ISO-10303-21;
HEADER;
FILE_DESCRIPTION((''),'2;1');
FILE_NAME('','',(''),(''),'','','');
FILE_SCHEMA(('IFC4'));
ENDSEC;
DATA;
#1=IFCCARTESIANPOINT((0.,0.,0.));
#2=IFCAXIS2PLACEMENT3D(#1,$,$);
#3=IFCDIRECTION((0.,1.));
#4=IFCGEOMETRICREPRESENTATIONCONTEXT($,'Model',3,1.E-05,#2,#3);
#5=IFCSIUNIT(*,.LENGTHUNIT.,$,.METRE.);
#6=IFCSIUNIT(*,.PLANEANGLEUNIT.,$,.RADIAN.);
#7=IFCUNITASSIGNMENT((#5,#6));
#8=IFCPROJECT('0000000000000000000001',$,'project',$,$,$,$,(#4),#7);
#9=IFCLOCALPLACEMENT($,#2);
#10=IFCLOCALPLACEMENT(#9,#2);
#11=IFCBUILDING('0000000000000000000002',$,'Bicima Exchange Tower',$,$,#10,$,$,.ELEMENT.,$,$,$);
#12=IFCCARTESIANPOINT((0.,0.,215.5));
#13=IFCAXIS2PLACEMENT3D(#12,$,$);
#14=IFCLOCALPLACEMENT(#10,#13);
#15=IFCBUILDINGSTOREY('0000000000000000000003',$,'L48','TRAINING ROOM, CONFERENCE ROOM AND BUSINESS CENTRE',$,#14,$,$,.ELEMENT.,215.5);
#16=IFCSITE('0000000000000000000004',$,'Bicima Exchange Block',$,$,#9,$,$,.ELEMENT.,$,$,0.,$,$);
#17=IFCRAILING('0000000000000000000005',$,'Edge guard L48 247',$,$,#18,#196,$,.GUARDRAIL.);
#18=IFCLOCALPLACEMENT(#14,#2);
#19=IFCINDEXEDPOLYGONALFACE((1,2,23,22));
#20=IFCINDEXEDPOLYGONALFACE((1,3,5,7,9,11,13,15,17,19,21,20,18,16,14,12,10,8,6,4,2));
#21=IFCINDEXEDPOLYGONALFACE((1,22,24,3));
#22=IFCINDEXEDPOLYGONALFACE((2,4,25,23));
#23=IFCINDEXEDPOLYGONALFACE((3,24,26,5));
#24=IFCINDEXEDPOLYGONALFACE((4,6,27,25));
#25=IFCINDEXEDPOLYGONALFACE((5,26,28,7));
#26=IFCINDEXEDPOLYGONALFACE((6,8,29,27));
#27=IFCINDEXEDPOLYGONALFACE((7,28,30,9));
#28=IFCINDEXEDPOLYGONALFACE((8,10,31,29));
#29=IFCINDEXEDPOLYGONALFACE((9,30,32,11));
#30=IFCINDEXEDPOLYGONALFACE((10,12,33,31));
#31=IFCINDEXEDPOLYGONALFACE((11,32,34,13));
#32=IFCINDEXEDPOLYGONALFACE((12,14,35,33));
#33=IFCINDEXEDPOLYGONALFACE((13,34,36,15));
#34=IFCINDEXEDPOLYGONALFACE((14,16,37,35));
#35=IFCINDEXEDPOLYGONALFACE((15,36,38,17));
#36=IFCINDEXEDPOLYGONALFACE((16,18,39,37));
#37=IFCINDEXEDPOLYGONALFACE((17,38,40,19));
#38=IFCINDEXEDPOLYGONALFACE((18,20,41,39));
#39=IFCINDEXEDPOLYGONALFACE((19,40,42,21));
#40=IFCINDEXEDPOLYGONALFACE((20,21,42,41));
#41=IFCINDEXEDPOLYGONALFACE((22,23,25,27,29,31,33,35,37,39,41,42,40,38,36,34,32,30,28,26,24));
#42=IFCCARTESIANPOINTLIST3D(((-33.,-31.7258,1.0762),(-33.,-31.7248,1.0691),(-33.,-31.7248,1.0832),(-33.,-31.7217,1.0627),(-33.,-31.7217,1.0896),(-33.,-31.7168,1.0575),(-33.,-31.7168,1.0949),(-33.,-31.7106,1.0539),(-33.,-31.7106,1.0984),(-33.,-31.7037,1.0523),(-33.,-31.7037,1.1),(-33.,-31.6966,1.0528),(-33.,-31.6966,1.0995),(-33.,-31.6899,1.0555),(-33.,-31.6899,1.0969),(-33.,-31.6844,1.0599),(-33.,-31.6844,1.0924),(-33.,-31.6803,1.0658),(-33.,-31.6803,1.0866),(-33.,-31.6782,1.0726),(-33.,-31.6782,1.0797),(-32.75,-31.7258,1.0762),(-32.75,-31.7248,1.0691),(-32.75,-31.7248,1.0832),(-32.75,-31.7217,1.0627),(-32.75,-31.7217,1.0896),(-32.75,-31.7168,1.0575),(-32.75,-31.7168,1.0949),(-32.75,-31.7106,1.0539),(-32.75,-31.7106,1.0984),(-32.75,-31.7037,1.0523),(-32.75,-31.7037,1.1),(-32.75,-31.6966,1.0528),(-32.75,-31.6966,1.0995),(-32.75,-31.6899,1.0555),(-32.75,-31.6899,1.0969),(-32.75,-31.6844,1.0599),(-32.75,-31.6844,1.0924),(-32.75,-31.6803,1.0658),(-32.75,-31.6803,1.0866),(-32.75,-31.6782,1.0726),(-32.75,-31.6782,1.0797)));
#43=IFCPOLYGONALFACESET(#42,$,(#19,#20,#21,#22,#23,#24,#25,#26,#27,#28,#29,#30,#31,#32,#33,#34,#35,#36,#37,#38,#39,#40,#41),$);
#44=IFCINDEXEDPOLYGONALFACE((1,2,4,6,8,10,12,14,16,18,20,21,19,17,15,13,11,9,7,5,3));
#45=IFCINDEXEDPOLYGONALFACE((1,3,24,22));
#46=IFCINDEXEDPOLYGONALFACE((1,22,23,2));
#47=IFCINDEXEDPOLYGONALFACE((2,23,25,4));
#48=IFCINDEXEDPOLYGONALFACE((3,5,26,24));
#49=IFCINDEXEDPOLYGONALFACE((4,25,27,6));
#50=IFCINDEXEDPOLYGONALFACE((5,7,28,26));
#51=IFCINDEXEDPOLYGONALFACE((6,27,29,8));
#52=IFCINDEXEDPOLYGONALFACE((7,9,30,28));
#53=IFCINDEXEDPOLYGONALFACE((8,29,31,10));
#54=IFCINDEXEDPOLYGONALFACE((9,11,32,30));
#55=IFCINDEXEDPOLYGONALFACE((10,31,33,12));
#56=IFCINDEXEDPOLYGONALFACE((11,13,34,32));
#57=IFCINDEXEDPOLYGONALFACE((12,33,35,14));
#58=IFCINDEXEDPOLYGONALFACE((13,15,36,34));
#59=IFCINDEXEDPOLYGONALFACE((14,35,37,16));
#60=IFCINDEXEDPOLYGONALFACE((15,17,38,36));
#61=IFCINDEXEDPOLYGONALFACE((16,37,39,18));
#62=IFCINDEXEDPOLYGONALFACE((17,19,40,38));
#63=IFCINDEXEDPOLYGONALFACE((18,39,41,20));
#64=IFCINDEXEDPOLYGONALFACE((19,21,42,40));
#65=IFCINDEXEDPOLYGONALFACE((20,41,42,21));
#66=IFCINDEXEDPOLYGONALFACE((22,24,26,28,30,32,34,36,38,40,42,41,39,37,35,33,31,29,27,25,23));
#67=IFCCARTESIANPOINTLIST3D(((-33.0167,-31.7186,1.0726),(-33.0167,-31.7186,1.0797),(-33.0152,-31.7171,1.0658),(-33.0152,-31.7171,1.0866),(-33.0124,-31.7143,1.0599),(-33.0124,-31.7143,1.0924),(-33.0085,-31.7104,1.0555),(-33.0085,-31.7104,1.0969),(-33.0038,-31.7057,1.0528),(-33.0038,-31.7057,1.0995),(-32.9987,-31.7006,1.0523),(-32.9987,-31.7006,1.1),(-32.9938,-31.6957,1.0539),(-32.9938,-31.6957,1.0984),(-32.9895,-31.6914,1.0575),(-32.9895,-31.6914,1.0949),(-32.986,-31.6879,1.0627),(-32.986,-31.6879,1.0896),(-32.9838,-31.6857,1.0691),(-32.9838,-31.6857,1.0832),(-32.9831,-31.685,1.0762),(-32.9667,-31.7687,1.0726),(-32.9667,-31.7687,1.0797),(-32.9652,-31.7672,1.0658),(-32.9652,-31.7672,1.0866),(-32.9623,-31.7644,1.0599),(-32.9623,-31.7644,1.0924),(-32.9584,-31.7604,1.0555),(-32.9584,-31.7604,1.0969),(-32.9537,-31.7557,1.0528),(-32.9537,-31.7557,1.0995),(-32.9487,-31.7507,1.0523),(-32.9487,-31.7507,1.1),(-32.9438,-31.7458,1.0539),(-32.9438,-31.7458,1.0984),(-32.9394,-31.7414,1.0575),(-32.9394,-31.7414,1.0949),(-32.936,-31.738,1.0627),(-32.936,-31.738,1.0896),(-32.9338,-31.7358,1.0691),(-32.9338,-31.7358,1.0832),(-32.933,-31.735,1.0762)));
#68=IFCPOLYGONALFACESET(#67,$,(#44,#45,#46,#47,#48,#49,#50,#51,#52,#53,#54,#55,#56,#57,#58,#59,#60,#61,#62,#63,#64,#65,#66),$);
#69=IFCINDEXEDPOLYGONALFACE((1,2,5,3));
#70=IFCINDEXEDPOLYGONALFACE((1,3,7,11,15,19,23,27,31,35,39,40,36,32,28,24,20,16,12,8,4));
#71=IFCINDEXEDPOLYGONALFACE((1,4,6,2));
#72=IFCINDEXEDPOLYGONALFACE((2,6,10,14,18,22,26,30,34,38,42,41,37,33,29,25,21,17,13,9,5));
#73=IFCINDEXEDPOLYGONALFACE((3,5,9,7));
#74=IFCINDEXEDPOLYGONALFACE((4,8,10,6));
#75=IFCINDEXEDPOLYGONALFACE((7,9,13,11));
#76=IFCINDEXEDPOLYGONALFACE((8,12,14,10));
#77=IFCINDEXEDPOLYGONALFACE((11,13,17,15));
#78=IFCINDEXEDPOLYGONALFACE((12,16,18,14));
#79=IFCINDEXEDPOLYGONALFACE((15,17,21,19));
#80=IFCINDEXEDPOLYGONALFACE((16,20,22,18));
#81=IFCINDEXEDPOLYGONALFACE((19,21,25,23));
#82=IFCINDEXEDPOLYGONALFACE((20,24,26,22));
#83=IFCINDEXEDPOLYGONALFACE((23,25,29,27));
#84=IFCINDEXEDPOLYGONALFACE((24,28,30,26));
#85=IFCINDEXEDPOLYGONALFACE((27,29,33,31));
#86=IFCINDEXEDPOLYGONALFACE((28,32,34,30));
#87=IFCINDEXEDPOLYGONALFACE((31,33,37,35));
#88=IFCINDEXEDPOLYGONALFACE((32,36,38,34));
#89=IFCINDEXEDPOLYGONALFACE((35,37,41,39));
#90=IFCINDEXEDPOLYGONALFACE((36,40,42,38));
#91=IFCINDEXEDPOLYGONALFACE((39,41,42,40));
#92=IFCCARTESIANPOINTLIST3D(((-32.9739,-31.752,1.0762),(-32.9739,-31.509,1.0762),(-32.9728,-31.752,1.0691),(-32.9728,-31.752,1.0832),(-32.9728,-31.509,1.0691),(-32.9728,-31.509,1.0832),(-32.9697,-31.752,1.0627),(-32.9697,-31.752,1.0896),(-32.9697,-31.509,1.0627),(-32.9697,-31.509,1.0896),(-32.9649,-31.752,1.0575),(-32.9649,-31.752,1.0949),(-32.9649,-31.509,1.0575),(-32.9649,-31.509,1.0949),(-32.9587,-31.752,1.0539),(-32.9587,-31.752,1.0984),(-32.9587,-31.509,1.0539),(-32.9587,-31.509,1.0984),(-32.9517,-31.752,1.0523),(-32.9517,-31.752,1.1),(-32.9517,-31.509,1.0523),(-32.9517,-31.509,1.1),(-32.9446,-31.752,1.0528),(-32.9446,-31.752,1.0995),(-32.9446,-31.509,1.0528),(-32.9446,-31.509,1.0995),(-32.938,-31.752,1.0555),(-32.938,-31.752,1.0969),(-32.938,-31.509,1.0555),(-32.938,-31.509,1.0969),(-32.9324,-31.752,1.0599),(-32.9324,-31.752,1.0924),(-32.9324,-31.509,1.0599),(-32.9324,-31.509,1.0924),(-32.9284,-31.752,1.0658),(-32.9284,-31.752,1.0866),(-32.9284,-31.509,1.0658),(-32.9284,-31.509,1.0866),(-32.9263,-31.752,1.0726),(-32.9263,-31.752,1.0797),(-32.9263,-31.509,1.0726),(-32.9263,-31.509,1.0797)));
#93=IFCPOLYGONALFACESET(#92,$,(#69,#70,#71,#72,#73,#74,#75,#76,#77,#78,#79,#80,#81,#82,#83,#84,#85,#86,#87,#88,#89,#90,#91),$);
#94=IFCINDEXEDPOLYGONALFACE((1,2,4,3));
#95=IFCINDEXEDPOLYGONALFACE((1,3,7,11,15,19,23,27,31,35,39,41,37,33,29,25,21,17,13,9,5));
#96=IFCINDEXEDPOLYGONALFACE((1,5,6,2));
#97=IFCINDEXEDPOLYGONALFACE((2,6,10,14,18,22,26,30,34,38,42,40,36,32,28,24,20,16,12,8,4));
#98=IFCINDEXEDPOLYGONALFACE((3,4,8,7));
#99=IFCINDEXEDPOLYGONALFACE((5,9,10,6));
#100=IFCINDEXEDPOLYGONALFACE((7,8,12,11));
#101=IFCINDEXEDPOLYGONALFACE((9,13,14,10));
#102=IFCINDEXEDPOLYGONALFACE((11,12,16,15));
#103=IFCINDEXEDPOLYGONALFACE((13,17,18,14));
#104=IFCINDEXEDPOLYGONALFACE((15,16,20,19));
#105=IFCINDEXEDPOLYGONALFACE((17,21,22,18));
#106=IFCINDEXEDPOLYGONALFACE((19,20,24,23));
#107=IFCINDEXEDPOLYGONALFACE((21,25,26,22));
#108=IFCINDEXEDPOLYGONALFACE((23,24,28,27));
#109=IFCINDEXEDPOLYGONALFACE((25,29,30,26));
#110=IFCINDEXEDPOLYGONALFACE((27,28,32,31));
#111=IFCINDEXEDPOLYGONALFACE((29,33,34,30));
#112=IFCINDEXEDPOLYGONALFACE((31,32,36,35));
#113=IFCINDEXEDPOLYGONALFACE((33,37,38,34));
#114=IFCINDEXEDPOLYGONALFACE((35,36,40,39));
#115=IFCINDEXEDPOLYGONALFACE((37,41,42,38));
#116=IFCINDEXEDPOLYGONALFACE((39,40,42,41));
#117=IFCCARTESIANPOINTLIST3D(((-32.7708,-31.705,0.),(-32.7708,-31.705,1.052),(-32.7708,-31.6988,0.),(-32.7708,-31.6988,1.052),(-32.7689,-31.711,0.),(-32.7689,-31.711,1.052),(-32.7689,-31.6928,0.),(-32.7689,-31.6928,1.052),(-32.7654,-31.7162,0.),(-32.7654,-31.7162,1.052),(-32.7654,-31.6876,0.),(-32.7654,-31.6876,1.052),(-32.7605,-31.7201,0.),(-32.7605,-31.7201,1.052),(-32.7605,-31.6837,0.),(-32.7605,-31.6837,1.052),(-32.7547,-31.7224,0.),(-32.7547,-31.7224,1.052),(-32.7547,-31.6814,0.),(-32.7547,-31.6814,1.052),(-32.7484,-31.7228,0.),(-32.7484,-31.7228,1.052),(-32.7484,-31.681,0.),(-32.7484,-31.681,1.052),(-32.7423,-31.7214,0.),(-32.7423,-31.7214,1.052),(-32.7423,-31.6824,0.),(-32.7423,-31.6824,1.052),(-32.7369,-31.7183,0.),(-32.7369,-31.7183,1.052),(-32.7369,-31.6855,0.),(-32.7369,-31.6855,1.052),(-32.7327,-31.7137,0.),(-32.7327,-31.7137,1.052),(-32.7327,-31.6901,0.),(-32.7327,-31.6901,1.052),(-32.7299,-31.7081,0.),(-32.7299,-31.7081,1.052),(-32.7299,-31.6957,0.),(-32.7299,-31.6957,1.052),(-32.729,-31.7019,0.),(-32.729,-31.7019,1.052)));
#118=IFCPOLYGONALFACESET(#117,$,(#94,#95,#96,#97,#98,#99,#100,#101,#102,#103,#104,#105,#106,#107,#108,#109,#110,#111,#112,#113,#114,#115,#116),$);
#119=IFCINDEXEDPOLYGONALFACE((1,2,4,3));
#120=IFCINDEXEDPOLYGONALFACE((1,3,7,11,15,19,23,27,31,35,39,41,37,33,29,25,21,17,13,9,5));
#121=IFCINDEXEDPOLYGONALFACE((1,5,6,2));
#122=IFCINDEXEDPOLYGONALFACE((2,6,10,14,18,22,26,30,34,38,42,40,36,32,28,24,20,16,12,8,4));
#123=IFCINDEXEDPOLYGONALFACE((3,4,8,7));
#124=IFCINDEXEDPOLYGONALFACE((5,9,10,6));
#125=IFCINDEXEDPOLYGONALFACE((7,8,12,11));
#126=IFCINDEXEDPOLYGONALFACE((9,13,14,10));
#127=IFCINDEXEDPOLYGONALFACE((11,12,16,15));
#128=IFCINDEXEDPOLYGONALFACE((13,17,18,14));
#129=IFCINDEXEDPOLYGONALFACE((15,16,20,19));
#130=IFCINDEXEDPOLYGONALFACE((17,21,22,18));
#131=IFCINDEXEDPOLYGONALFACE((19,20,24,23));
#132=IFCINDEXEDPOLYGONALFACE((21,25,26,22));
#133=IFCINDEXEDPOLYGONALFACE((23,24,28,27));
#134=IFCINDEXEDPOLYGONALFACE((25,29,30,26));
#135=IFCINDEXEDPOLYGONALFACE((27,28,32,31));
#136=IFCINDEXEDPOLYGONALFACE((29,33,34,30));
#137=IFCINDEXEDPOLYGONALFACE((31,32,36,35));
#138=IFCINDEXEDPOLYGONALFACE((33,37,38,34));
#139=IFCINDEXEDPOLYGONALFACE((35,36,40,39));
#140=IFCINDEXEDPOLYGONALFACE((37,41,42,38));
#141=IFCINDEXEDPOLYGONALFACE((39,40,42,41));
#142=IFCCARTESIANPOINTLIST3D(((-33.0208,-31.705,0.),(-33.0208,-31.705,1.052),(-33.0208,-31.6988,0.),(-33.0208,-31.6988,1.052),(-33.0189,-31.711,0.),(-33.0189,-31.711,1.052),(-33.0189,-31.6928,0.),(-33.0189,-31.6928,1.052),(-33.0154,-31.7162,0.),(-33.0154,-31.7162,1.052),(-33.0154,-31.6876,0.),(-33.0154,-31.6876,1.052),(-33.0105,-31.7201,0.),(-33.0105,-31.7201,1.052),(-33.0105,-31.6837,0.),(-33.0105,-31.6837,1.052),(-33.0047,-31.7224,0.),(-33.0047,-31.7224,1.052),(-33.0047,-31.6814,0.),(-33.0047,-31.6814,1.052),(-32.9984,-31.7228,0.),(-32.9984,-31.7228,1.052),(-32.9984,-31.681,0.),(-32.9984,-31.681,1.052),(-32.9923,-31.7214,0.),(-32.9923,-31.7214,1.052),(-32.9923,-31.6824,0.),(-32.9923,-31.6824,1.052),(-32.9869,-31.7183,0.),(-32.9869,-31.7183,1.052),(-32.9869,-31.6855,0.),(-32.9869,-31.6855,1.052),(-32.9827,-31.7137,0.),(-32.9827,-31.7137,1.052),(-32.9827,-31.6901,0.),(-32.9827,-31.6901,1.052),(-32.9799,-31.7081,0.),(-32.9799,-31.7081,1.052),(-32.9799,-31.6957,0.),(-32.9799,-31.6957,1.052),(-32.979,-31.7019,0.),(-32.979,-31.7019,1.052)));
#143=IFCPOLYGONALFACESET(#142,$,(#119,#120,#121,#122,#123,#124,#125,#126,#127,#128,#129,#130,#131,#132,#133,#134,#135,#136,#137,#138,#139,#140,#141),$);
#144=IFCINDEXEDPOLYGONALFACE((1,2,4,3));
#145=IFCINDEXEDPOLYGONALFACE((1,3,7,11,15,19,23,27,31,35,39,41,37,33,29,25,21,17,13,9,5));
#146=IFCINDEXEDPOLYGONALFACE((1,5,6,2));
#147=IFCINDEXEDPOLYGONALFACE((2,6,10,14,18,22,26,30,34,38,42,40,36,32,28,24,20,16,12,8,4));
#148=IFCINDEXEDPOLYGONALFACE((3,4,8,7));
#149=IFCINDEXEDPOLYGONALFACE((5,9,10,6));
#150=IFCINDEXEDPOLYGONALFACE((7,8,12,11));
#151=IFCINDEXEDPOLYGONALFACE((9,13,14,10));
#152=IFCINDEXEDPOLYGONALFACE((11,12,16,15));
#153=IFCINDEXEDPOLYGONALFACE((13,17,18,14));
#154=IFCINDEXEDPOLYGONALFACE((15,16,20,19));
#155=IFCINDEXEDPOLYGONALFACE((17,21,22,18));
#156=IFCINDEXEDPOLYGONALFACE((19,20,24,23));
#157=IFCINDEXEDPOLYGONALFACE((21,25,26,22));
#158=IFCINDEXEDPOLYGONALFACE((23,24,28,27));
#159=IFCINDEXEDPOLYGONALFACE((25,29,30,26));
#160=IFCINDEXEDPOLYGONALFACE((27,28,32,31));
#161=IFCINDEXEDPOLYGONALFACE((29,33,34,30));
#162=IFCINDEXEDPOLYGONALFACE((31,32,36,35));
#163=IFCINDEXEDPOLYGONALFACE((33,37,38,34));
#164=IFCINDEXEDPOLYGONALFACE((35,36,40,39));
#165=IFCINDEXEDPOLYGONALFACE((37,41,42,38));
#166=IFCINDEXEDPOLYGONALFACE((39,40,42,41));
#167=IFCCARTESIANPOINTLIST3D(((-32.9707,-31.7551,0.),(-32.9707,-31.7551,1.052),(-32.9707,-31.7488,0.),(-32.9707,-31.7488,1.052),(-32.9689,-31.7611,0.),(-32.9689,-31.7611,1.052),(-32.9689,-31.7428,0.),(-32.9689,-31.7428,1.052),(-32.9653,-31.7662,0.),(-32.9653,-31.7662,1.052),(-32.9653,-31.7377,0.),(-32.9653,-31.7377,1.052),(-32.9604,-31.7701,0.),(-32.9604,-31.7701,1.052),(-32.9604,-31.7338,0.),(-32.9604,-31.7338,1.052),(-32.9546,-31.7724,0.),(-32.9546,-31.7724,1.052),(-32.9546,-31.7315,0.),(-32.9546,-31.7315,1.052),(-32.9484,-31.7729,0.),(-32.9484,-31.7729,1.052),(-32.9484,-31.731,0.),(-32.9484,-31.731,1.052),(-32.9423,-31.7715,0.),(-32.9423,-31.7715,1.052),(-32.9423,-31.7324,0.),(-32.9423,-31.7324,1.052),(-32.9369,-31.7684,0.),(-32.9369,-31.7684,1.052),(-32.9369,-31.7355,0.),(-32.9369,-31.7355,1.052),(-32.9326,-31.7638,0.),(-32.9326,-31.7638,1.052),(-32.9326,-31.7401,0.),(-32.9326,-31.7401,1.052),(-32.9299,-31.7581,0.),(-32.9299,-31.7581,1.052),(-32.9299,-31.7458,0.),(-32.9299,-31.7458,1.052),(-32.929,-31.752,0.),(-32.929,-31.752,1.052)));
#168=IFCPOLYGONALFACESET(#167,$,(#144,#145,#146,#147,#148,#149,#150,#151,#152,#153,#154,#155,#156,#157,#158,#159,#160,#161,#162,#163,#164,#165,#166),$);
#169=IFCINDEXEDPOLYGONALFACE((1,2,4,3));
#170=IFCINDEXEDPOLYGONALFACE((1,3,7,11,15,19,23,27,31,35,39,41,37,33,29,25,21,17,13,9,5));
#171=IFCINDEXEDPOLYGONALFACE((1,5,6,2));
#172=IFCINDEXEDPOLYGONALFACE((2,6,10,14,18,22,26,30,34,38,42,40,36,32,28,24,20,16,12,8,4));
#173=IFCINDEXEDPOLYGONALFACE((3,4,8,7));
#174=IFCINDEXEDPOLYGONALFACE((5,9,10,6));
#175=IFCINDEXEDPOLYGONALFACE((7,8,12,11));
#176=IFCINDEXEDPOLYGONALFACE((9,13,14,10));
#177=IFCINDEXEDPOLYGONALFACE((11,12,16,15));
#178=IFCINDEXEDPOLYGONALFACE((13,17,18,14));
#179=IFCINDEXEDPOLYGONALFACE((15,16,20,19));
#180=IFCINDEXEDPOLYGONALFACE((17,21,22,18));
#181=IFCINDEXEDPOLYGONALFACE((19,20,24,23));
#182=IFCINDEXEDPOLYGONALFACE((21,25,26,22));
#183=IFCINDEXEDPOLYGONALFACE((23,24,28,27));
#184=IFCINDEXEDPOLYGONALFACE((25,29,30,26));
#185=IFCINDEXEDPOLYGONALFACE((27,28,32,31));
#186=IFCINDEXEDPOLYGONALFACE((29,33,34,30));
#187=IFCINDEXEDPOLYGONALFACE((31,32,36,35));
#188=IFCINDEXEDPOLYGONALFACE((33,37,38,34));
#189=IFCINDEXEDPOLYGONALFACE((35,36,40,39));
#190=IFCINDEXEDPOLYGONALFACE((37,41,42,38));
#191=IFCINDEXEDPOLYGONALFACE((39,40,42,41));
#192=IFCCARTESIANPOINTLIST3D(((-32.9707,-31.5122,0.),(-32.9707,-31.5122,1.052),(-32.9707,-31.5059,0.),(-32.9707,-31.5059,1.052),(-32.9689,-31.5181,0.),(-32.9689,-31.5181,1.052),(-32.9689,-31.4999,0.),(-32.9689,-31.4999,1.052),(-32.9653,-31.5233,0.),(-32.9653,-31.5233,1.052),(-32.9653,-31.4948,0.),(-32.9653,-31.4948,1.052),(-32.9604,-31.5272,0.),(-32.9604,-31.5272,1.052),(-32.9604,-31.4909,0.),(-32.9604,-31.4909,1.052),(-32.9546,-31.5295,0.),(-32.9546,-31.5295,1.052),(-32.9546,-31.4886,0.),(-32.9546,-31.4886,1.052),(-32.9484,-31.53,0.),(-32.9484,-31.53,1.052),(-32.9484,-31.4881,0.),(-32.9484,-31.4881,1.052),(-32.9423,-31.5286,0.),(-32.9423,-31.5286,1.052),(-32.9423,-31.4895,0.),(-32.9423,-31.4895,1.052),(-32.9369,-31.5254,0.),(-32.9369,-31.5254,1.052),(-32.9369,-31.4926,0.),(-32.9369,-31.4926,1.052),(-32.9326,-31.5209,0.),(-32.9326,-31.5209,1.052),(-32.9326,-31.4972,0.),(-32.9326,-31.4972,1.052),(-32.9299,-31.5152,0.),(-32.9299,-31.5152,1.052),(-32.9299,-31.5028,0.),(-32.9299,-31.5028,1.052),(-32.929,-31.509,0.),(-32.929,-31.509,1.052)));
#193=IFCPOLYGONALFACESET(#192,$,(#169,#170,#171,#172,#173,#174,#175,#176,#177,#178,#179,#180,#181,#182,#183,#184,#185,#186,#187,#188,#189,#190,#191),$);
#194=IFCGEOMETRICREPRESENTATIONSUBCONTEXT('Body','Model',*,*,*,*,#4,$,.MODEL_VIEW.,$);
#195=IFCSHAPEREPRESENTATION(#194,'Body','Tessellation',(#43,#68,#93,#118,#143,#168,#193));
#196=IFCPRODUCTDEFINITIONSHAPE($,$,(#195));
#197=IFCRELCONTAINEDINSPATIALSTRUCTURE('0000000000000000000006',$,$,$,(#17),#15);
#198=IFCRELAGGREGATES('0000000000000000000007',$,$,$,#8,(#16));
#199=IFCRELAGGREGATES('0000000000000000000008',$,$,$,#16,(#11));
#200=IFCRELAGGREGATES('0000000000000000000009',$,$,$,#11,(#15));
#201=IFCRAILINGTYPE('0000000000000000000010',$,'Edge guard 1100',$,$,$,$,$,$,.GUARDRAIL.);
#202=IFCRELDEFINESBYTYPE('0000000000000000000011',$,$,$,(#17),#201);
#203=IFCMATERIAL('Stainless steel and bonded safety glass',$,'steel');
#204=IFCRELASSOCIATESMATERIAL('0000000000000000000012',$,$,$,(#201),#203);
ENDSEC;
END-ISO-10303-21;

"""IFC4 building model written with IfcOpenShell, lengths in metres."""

from ifc_helpers import new_model, si_unit, direction, frame, origin, origin_2d, place, context, subcontext, project, spatial, circle, extrude, material, type_object, element, save


model = new_model("IFC4")

# Units and contexts
model_context = context("Model", 3, precision=1e-05, world=origin(), true_north=direction((0.0, 1.0)))
body_context = subcontext(model_context, "Body", "Model", "MODEL_VIEW")
ifc_project = project(units=[si_unit("LENGTHUNIT", "METRE"), si_unit("PLANEANGLEUNIT", "RADIAN")], contexts=[model_context])

# Site, building, storey
site_placement = place(None, origin())
site = spatial("IfcSite", under=ifc_project, at=site_placement, Name="Bicima Exchange Block", CompositionType="ELEMENT", RefElevation=0.0)
building_placement = place(site_placement, origin())
building = spatial("IfcBuilding", under=site, at=building_placement, Name="Bicima Exchange Tower", CompositionType="ELEMENT")
storey_placement = place(building_placement, frame((0.0, 0.0, 215.5)))
storey = spatial("IfcBuildingStorey", under=building, at=storey_placement, Name="L48", Description="TRAINING ROOM, CONFERENCE ROOM AND BUSINESS CENTRE", CompositionType="ELEMENT", Elevation=215.5)

# Railing
ifc_material_1 = material(Name="Stainless steel and bonded safety glass", Category="steel")
railing_type = type_object("IfcRailingType", Name="Edge guard 1100", PredefinedType="GUARDRAIL", material=ifc_material_1)
railing_1_placement = place(storey_placement, frame((-32.75, -31.7019, 0.0)))
element("IfcRailing", 1, at=railing_1_placement, inside=storey, type_object=railing_type, Name="Edge guard L48 247", PredefinedType="GUARDRAIL", context=body_context, shape_type="SweptSolid", body=[
    extrude(circle(Radius=0.0239, at=origin_2d()), frame((0.0, 0.0, 1.0762), z_axis=(-1.0, 0.0, 0.0), x_axis=(0.0, -1.0, 0.0)), (0.0, 0.0, 1.0), 0.25),
    extrude(circle(Radius=0.0239, at=origin_2d()), frame((-0.25, 0.0, 1.0762), z_axis=(0.707107, -0.707107, 0.0), x_axis=(0.707107, 0.707107, 0.0)), (0.0, 0.0, 1.0), 0.0708),
    extrude(circle(Radius=0.0239, at=origin_2d()), frame((-0.2, -0.05, 1.0762), z_axis=(0.0, 1.0, 0.0), x_axis=(-1.0, 0.0, 0.0)), (0.0, 0.0, 1.0), 0.2429),
    extrude(circle(Radius=0.021, at=origin_2d()), origin(), (0.0, 0.0, 1.0), 1.052),
    extrude(circle(Radius=0.021, at=origin_2d()), frame((-0.25, 0.0, 0.0)), (0.0, 0.0, 1.0), 1.052),
    extrude(circle(Radius=0.021, at=origin_2d()), frame((-0.2, -0.05, 0.0)), (0.0, 0.0, 1.0), 1.052),
    extrude(circle(Radius=0.021, at=origin_2d()), frame((-0.2, 0.1929, 0.0)), (0.0, 0.0, 1.0), 1.052),
])

save(model, "model.ifc")
